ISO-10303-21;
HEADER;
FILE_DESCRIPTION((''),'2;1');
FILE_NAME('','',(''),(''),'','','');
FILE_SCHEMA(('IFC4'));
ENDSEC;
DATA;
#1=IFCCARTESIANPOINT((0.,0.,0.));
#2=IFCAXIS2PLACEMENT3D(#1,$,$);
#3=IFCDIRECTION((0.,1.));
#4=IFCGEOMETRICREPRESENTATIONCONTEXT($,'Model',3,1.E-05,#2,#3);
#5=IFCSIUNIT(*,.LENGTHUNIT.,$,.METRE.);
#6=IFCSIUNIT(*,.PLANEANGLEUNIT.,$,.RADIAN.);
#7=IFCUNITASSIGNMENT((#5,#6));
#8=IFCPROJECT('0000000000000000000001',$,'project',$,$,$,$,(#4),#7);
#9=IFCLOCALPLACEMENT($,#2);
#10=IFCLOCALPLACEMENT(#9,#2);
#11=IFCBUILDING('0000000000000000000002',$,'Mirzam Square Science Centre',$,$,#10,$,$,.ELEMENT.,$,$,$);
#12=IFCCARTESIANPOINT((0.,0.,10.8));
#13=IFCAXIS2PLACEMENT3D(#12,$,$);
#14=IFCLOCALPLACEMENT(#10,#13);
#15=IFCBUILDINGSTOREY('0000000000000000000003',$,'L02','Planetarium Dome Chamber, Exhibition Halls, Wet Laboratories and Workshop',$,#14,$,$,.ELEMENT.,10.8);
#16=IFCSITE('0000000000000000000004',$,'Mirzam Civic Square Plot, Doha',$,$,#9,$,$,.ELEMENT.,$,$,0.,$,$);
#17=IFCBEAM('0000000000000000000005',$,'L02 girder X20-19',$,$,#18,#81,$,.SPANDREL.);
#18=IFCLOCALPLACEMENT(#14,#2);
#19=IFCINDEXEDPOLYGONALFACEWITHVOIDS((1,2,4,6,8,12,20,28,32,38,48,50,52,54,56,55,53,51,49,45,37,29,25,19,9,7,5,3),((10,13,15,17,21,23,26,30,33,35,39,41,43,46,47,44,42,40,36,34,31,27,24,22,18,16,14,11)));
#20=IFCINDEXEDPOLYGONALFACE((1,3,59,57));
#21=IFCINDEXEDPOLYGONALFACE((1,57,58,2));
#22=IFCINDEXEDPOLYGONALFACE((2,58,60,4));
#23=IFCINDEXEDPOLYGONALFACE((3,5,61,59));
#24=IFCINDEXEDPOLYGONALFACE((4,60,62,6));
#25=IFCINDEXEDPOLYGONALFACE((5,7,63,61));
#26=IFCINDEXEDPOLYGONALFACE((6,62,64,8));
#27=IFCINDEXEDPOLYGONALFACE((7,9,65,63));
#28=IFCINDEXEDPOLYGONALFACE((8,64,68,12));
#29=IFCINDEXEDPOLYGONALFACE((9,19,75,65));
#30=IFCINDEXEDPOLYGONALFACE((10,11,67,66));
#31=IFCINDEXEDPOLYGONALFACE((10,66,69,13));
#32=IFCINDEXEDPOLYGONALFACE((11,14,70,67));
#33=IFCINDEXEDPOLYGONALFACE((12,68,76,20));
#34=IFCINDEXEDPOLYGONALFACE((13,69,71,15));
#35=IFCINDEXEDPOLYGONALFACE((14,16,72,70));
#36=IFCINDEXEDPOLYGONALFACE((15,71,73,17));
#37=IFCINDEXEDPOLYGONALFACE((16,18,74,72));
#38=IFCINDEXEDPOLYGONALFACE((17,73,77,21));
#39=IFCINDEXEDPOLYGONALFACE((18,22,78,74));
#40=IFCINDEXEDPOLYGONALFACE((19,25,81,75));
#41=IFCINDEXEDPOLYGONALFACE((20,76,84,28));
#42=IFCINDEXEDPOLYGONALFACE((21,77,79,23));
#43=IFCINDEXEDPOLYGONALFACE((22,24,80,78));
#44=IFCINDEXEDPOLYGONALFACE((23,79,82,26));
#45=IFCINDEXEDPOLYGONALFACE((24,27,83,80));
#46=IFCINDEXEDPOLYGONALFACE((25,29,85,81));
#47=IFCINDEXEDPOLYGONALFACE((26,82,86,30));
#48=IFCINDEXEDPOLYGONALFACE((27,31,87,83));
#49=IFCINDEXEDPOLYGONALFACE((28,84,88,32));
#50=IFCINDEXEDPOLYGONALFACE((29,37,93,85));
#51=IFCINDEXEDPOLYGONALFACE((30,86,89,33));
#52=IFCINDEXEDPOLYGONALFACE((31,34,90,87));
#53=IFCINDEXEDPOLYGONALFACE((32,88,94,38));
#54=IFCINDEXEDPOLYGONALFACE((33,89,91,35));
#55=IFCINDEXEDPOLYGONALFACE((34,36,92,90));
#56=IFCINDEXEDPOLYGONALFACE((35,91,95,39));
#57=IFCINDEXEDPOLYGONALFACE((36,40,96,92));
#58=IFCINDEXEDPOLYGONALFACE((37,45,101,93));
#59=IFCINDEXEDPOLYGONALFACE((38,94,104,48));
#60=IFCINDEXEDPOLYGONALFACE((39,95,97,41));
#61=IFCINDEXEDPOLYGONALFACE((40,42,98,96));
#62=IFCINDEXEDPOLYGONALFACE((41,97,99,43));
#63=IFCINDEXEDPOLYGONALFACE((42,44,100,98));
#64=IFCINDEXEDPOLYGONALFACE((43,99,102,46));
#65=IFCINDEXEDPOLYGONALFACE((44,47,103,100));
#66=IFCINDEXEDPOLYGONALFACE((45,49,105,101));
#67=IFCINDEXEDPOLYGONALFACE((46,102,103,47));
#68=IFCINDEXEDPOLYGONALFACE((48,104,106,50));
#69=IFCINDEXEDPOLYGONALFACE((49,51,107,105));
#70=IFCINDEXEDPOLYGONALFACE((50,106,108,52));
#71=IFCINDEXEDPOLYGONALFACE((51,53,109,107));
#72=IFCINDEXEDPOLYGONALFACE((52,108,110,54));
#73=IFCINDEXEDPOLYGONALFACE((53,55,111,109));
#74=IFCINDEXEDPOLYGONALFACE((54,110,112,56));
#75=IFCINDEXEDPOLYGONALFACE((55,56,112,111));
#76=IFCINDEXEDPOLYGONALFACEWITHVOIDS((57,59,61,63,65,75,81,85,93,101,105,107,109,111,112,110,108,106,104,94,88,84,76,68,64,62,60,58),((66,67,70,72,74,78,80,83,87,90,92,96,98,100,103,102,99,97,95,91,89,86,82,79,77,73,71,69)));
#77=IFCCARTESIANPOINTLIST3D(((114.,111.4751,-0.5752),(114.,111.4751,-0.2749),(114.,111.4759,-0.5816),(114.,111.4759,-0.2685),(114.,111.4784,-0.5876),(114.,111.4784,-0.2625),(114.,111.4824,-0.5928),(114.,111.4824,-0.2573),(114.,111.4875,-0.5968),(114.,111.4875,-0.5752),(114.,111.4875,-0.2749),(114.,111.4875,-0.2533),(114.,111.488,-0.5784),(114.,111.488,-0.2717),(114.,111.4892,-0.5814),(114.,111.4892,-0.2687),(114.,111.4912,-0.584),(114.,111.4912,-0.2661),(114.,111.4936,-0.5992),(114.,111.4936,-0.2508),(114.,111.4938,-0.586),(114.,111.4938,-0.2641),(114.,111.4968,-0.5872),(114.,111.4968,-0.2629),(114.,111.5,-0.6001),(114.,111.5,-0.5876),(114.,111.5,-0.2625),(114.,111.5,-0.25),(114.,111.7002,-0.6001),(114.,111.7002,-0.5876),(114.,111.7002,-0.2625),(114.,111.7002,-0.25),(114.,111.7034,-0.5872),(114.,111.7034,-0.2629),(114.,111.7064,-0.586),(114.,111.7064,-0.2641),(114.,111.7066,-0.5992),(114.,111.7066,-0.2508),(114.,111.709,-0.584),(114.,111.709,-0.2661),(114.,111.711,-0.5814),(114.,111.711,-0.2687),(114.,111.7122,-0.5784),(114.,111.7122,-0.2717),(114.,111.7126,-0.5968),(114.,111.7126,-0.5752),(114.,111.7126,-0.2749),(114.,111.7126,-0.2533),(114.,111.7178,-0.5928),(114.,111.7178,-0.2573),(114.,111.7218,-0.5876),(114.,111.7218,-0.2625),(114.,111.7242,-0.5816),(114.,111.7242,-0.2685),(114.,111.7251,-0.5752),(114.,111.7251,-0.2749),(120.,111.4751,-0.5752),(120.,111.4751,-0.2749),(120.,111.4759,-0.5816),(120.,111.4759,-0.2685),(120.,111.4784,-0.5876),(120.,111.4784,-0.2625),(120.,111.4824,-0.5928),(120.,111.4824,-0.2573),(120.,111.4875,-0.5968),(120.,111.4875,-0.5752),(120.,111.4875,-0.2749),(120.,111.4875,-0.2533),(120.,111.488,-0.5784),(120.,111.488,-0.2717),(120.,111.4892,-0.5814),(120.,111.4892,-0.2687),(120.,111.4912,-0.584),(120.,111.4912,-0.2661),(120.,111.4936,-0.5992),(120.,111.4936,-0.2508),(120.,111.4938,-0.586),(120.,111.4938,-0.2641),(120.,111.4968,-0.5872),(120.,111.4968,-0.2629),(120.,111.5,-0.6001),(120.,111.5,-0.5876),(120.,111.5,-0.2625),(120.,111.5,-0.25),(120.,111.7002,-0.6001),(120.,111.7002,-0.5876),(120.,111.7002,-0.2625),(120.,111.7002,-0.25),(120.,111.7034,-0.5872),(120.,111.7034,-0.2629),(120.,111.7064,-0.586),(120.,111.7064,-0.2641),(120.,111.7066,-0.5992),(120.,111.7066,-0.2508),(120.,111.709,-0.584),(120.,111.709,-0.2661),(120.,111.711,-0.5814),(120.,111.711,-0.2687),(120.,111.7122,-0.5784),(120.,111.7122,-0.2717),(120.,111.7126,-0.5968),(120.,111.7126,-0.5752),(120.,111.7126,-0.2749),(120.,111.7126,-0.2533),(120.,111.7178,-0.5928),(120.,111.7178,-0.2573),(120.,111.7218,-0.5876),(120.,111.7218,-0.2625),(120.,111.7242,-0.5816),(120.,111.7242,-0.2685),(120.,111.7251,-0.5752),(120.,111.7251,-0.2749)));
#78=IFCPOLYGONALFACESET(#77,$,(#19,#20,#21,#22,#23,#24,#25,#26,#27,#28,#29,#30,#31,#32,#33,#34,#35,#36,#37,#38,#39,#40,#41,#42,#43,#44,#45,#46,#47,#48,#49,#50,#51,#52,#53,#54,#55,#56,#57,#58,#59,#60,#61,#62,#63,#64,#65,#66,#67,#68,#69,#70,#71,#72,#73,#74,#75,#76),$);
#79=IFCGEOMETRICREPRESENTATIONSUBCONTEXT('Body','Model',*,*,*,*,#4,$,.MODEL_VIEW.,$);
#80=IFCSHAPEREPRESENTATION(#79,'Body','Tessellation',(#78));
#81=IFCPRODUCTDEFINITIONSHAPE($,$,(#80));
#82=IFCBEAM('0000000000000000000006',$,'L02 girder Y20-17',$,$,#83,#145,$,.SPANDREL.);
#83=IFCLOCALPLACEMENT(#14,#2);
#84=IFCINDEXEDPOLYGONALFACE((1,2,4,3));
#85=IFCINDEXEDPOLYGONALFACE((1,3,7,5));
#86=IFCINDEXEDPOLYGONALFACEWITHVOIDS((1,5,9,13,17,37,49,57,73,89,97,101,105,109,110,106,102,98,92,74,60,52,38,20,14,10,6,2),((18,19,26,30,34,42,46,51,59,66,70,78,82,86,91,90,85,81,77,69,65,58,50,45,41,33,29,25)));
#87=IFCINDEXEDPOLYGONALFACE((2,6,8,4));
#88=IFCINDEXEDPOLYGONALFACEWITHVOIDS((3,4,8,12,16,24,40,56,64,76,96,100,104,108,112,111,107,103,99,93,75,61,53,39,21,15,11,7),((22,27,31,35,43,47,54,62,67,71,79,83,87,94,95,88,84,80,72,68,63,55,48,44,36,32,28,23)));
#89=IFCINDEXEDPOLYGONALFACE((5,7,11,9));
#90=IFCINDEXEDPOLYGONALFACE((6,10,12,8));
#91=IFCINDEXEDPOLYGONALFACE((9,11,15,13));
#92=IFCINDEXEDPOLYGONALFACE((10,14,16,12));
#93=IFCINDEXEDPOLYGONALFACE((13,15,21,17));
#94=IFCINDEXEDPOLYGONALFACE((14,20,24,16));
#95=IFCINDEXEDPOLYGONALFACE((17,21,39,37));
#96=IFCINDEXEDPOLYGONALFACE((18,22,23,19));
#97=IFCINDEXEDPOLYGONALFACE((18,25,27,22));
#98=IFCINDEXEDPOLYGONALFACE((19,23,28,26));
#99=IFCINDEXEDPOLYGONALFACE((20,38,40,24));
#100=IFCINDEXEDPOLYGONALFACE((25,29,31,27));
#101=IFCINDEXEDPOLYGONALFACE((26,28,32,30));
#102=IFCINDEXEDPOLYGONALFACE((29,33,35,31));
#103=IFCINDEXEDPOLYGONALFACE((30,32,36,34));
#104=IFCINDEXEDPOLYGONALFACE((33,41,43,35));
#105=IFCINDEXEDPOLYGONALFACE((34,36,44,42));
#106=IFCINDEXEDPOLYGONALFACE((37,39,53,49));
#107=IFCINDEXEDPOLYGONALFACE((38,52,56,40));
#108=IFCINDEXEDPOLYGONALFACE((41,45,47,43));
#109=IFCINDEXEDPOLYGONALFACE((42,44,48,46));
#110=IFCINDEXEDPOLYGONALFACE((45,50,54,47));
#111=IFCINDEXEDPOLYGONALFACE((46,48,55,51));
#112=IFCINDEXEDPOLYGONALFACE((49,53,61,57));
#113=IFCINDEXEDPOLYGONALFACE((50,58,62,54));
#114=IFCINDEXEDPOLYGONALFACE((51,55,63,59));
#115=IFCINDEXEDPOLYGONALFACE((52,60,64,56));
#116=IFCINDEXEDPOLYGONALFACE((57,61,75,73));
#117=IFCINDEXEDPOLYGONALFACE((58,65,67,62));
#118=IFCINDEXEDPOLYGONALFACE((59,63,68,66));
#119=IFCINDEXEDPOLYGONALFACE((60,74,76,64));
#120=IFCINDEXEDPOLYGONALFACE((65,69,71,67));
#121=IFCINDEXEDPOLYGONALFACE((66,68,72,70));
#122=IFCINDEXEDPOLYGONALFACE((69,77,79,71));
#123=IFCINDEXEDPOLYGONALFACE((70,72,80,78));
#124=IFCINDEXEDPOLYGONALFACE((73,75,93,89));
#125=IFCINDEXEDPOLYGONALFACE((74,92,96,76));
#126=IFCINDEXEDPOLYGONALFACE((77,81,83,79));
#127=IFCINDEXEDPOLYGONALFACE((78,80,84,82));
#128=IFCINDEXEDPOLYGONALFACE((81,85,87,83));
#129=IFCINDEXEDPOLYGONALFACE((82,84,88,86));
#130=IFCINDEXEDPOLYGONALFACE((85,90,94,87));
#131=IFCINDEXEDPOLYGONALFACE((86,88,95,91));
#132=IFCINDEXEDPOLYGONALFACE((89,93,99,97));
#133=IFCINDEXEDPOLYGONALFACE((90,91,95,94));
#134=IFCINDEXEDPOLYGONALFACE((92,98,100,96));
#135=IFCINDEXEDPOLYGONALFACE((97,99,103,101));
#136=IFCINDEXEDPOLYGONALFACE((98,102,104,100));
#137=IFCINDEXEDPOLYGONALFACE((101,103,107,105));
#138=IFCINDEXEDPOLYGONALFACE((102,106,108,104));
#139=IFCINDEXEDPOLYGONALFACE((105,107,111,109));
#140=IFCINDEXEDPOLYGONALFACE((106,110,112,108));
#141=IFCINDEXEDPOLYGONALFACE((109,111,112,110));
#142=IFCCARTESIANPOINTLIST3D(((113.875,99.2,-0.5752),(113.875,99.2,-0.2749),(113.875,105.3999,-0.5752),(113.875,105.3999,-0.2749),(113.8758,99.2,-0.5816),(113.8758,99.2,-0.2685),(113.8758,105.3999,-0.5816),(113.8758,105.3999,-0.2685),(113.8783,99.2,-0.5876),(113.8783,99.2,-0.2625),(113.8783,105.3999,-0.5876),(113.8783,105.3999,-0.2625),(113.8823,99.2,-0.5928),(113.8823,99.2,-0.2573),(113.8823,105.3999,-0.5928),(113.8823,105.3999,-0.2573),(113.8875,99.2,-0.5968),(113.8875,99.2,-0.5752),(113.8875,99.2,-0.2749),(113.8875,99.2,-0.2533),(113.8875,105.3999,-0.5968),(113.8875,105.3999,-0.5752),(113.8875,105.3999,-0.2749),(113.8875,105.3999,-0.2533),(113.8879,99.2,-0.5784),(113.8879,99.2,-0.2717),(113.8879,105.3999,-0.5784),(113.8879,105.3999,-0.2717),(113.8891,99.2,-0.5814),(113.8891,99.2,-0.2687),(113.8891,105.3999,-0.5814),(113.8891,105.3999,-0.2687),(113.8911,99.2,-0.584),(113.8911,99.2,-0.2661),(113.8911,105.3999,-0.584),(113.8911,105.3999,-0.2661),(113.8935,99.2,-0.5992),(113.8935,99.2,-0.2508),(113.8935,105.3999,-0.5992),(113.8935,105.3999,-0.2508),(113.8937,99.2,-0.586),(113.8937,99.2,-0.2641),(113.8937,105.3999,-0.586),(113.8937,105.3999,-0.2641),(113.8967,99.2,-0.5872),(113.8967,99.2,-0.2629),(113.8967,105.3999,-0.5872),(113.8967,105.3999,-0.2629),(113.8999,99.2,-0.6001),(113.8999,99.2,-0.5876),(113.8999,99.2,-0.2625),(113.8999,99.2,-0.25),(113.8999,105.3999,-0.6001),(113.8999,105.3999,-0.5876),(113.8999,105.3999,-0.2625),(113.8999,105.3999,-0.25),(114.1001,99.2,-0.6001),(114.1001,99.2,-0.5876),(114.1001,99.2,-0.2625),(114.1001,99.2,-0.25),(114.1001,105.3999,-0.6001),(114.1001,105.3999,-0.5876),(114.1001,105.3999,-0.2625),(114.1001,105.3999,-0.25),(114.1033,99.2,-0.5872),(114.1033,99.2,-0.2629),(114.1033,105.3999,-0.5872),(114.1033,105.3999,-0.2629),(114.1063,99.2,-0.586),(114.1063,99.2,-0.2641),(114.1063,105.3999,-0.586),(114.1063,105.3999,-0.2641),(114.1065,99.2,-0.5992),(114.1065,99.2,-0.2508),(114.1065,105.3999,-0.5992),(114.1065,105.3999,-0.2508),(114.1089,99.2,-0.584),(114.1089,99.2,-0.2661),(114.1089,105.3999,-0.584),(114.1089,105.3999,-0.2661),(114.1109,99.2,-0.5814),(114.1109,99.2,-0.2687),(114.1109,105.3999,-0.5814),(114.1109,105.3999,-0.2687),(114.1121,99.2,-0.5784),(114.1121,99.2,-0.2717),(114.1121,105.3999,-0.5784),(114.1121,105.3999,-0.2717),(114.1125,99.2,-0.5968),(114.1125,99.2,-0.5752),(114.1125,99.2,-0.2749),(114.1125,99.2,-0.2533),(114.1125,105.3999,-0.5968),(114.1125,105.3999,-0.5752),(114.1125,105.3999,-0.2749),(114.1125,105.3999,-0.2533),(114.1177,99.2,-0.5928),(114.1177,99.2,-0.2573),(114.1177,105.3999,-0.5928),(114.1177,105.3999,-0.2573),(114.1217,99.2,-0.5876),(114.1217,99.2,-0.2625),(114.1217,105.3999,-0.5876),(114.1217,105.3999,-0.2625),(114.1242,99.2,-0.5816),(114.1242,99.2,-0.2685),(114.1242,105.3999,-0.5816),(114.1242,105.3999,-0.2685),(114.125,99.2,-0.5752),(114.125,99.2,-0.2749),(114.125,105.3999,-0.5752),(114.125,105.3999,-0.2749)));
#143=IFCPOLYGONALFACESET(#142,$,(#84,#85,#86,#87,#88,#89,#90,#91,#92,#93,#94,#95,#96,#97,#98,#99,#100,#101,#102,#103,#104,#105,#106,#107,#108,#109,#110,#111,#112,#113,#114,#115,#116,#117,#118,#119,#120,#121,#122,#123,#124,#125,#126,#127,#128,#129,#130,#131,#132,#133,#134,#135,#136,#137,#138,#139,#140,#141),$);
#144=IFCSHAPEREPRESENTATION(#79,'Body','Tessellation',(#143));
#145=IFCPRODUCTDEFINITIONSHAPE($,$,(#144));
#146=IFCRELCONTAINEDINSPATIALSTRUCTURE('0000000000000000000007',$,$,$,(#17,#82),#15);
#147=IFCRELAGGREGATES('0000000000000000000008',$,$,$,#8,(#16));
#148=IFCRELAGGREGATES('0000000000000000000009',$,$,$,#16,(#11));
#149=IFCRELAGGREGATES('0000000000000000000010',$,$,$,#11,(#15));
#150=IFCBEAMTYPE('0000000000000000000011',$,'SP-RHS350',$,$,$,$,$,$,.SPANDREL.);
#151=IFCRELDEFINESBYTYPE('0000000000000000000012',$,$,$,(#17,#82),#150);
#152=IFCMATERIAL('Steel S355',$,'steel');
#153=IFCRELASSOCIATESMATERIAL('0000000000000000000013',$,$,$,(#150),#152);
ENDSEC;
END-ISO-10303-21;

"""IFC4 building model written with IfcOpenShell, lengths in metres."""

from ifc_helpers import new_model, si_unit, direction, frame, origin, origin_2d, place, context, subcontext, project, spatial, hollow_rectangle, extrude, material, material_profile, profile_set, type_object, element, save


model = new_model("IFC4")

# Units and contexts
model_context = context("Model", 3, precision=1e-05, world=origin(), true_north=direction((0.0, 1.0)))
body_context = subcontext(model_context, "Body", "Model", "MODEL_VIEW")
ifc_project = project(units=[si_unit("LENGTHUNIT", "METRE"), si_unit("PLANEANGLEUNIT", "RADIAN")], contexts=[model_context])

# Site, building, storey
site_placement = place(None, origin())
site = spatial("IfcSite", under=ifc_project, at=site_placement, Name="Mirzam Civic Square Plot, Doha", CompositionType="ELEMENT", RefElevation=0.0)
building_placement = place(site_placement, origin())
building = spatial("IfcBuilding", under=site, at=building_placement, Name="Mirzam Square Science Centre", CompositionType="ELEMENT")
storey_placement = place(building_placement, frame((0.0, 0.0, 10.8)))
storey = spatial("IfcBuildingStorey", under=building, at=storey_placement, Name="L02", Description="Planetarium Dome Chamber, Exhibition Halls, Wet Laboratories and Workshop", CompositionType="ELEMENT", Elevation=10.8)

# Shared definitions
ifc_material_1 = material(Name="Steel S355", Category="steel")

# Beams
ifc_material_profile_1 = material_profile(ifc_material_1, hollow_rectangle(XDim=0.25, YDim=0.3501, WallThickness=0.0125, InnerFilletRadius=0.0125, OuterFilletRadius=0.0249, at=origin_2d()), Name="350x250x12.5RHS")
ifc_profile_set_1 = profile_set([ifc_material_profile_1], Name="Steel S355")
beam_type_1 = type_object("IfcBeamType", Name="SP-RHS350", PredefinedType="SPANDREL", material=ifc_profile_set_1)
beam_1_placement = place(storey_placement, frame((114.0, 111.6001, -0.425), z_axis=(1.0, 0.0, 0.0), x_axis=(0.0, 1.0, 0.0)))
element("IfcBeam", 1, at=beam_1_placement, inside=storey, type_object=beam_type_1, Name="L02 girder X20-19", PredefinedType="SPANDREL", context=body_context, shape_type="SweptSolid", body=[
    extrude(hollow_rectangle(XDim=0.25, YDim=0.3501, WallThickness=0.0125, InnerFilletRadius=0.0125, OuterFilletRadius=0.0249, at=origin_2d()), origin(), (0.0, 0.0, 1.0), 6.0),
])
beam_2_placement = place(storey_placement, frame((114.0, 99.2, -0.425), z_axis=(0.0, 1.0, 0.0), x_axis=(-1.0, 0.0, 0.0)))
element("IfcBeam", 2, at=beam_2_placement, inside=storey, type_object=beam_type_1, Name="L02 girder Y20-17", PredefinedType="SPANDREL", context=body_context, shape_type="SweptSolid", body=[
    extrude(hollow_rectangle(XDim=0.25, YDim=0.3501, WallThickness=0.0125, InnerFilletRadius=0.0125, OuterFilletRadius=0.0249, at=origin_2d()), origin(), (0.0, 0.0, 1.0), 6.2),
])

save(model, "model.ifc")
